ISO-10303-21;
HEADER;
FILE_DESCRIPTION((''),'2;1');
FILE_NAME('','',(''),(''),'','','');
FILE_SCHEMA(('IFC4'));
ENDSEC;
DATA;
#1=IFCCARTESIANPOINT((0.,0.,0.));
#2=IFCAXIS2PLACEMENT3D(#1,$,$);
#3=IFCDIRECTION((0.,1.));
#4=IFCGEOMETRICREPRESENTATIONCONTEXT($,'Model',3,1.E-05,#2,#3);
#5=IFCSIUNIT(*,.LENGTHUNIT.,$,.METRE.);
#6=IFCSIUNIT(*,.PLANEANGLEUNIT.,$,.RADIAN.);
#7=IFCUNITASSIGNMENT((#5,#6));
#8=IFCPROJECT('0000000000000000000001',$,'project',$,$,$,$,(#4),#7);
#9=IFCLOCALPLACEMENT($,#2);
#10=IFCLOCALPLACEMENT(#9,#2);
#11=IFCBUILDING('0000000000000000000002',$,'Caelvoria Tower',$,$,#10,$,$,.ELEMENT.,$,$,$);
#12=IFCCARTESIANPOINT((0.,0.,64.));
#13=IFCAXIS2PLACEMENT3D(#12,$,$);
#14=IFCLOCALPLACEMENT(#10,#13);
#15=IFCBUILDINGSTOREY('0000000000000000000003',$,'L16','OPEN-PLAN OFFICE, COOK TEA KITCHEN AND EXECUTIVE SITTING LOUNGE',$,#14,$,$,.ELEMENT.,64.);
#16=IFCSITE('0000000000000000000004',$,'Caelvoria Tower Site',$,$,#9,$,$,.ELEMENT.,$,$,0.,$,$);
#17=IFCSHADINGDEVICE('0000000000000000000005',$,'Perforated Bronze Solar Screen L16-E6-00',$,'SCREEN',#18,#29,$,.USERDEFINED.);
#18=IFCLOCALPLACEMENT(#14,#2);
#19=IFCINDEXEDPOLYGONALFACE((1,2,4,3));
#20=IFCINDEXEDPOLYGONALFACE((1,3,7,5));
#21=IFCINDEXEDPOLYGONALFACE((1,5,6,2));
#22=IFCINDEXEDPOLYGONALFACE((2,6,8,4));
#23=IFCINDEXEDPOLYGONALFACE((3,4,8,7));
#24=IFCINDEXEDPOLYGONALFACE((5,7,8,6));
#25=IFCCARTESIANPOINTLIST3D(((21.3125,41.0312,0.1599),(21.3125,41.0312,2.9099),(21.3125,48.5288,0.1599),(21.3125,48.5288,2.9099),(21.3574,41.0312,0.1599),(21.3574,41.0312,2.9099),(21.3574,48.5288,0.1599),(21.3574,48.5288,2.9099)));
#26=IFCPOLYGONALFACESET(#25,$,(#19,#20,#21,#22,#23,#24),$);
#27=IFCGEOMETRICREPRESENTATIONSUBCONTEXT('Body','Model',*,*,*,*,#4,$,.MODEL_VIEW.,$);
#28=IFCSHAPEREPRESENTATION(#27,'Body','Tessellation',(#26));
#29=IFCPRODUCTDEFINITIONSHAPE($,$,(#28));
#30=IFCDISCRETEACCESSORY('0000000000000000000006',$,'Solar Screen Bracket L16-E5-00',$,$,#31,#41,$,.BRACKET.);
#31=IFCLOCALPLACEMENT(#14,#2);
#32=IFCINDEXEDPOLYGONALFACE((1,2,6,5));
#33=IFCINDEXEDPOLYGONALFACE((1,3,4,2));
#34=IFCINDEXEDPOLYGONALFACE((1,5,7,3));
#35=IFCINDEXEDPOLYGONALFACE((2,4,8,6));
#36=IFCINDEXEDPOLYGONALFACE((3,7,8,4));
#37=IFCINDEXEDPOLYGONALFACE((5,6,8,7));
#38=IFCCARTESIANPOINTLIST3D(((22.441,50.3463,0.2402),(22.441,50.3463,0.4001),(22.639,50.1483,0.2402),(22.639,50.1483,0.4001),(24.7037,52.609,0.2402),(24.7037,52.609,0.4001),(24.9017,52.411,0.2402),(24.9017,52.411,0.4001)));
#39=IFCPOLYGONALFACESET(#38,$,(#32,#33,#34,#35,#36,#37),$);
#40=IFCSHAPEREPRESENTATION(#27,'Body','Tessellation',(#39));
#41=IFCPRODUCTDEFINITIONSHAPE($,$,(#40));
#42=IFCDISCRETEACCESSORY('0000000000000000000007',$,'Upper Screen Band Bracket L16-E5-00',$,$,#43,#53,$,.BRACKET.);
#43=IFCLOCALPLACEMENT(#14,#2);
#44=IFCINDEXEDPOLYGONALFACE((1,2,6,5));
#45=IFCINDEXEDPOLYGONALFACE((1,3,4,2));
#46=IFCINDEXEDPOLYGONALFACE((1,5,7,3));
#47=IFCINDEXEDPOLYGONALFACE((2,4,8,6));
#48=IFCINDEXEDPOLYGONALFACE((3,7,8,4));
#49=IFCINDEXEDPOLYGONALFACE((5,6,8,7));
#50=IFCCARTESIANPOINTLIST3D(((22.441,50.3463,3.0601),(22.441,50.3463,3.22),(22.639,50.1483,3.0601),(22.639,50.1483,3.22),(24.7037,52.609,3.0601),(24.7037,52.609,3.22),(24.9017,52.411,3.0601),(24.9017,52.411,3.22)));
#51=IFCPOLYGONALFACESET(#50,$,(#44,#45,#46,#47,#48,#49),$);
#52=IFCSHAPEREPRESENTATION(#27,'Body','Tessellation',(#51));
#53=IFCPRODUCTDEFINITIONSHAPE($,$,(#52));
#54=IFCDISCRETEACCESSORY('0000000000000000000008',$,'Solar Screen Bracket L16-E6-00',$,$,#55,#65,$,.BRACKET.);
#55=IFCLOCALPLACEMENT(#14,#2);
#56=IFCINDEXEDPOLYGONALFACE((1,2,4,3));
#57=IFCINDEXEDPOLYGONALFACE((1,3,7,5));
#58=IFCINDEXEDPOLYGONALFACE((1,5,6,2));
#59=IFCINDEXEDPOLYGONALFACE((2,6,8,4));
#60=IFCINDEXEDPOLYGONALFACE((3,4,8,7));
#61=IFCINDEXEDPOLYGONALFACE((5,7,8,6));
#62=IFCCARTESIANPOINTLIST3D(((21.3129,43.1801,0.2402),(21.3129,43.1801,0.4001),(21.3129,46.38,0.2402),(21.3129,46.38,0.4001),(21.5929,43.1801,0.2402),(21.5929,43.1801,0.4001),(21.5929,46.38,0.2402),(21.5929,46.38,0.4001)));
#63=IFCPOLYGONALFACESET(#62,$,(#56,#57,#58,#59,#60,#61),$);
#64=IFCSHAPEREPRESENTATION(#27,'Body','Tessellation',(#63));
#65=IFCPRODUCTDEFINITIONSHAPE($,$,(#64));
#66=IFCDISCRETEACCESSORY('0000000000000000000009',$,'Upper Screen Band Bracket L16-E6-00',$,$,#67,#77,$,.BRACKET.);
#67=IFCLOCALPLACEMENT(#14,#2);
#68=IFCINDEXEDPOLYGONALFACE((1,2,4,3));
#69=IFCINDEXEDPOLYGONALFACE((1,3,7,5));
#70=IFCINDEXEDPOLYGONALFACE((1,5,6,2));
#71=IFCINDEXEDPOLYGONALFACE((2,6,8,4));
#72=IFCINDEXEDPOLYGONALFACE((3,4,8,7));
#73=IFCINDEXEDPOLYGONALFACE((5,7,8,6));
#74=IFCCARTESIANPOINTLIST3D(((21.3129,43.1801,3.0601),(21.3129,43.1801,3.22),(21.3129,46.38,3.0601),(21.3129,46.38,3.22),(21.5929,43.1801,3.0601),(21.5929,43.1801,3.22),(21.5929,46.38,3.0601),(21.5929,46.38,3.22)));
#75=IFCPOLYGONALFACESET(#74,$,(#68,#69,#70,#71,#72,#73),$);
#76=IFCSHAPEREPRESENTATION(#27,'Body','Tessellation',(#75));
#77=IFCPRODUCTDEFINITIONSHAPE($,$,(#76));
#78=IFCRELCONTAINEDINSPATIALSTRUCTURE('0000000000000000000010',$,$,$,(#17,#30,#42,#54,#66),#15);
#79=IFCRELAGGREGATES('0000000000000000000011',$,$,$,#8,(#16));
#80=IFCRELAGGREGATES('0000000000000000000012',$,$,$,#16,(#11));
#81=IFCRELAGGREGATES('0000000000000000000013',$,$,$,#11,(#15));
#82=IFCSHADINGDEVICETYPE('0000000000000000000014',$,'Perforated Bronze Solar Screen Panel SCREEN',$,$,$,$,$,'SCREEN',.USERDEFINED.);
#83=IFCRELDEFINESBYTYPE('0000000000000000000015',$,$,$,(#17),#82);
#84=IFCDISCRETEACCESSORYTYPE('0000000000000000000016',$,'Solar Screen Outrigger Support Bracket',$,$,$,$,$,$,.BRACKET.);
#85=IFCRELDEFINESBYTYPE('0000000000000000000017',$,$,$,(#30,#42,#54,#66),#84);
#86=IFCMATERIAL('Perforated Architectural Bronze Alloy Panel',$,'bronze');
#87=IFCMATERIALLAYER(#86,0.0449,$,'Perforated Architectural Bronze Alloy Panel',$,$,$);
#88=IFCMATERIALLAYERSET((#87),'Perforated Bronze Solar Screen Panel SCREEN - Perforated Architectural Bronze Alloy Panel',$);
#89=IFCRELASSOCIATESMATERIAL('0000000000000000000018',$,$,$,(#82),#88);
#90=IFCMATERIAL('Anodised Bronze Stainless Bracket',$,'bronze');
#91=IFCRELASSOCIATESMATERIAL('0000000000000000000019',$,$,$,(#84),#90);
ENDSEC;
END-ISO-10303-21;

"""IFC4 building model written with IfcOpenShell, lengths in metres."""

from ifc_helpers import new_model, si_unit, direction, frame, origin, origin_2d, place, context, subcontext, project, spatial, rectangle, extrude, material, layer, layer_set, type_object, element, save


model = new_model("IFC4")

# Units and contexts
model_context = context("Model", 3, precision=1e-05, world=origin(), true_north=direction((0.0, 1.0)))
body_context = subcontext(model_context, "Body", "Model", "MODEL_VIEW")
ifc_project = project(units=[si_unit("LENGTHUNIT", "METRE"), si_unit("PLANEANGLEUNIT", "RADIAN")], contexts=[model_context])

# Site, building, storey
site_placement = place(None, origin())
site = spatial("IfcSite", under=ifc_project, at=site_placement, Name="Caelvoria Tower Site", CompositionType="ELEMENT", RefElevation=0.0)
building_placement = place(site_placement, origin())
building = spatial("IfcBuilding", under=site, at=building_placement, Name="Caelvoria Tower", CompositionType="ELEMENT")
storey_placement = place(building_placement, frame((0.0, 0.0, 64.0)))
storey = spatial("IfcBuildingStorey", under=building, at=storey_placement, Name="L16", Description="OPEN-PLAN OFFICE, COOK TEA KITCHEN AND EXECUTIVE SITTING LOUNGE", CompositionType="ELEMENT", Elevation=64.0)

# Shading device
ifc_material_1 = material(Name="Perforated Architectural Bronze Alloy Panel", Category="bronze")
ifc_layer_1 = layer(ifc_material_1, 0.0449, Name="Perforated Architectural Bronze Alloy Panel")
ifc_layer_set_1 = layer_set([ifc_layer_1], Name="Perforated Bronze Solar Screen Panel SCREEN - Perforated Architectural Bronze Alloy Panel")
shading_device_type = type_object("IfcShadingDeviceType", Name="Perforated Bronze Solar Screen Panel SCREEN", ElementType="SCREEN", PredefinedType="USERDEFINED", material=ifc_layer_set_1)
shading_device_1_placement = place(storey_placement, frame((21.335, 44.78, 0.1599), z_axis=(0.0, 0.0, 1.0), x_axis=(0.0, -1.0, 0.0)))
element("IfcShadingDevice", 1, at=shading_device_1_placement, inside=storey, type_object=shading_device_type, Name="Perforated Bronze Solar Screen L16-E6-00", ObjectType="SCREEN", PredefinedType="USERDEFINED", context=body_context, shape_type="SweptSolid", body=[
    extrude(rectangle(XDim=7.4976, YDim=0.0449, at=origin_2d()), origin(), (0.0, 0.0, 1.0), 2.75),
])

# Discrete accessories
ifc_material_2 = material(Name="Anodised Bronze Stainless Bracket", Category="bronze")
discrete_accessory_type = type_object("IfcDiscreteAccessoryType", Name="Solar Screen Outrigger Support Bracket", PredefinedType="BRACKET", material=ifc_material_2)
for number, where, z_axis, x_axis, name in (
    (2, (23.6714, 51.3787, 0.2402), (0.0, 0.0, 1.0), (-0.707107, -0.707107, 0.0), "Solar Screen Bracket L16-E5-00"),
    (3, (23.6714, 51.3787, 3.0601), (0.0, 0.0, 1.0), (-0.707107, -0.707107, 0.0), "Upper Screen Band Bracket L16-E5-00"),
    (4, (21.4529, 44.78, 0.2402), (0.0, 0.0, 1.0), (0.0, -1.0, 0.0), "Solar Screen Bracket L16-E6-00"),
    (5, (21.4529, 44.78, 3.0601), (0.0, 0.0, 1.0), (0.0, -1.0, 0.0), "Upper Screen Band Bracket L16-E6-00"),
):
    element("IfcDiscreteAccessory", number, at=place(storey_placement, frame(where, z_axis=z_axis, x_axis=x_axis)), inside=storey, type_object=discrete_accessory_type, Name=name, PredefinedType="BRACKET", context=body_context, shape_type="SweptSolid", body=[
        extrude(rectangle(XDim=3.2, YDim=0.28, at=origin_2d()), origin(), (0.0, 0.0, 1.0), 0.1599),
    ])

save(model, "model.ifc")
